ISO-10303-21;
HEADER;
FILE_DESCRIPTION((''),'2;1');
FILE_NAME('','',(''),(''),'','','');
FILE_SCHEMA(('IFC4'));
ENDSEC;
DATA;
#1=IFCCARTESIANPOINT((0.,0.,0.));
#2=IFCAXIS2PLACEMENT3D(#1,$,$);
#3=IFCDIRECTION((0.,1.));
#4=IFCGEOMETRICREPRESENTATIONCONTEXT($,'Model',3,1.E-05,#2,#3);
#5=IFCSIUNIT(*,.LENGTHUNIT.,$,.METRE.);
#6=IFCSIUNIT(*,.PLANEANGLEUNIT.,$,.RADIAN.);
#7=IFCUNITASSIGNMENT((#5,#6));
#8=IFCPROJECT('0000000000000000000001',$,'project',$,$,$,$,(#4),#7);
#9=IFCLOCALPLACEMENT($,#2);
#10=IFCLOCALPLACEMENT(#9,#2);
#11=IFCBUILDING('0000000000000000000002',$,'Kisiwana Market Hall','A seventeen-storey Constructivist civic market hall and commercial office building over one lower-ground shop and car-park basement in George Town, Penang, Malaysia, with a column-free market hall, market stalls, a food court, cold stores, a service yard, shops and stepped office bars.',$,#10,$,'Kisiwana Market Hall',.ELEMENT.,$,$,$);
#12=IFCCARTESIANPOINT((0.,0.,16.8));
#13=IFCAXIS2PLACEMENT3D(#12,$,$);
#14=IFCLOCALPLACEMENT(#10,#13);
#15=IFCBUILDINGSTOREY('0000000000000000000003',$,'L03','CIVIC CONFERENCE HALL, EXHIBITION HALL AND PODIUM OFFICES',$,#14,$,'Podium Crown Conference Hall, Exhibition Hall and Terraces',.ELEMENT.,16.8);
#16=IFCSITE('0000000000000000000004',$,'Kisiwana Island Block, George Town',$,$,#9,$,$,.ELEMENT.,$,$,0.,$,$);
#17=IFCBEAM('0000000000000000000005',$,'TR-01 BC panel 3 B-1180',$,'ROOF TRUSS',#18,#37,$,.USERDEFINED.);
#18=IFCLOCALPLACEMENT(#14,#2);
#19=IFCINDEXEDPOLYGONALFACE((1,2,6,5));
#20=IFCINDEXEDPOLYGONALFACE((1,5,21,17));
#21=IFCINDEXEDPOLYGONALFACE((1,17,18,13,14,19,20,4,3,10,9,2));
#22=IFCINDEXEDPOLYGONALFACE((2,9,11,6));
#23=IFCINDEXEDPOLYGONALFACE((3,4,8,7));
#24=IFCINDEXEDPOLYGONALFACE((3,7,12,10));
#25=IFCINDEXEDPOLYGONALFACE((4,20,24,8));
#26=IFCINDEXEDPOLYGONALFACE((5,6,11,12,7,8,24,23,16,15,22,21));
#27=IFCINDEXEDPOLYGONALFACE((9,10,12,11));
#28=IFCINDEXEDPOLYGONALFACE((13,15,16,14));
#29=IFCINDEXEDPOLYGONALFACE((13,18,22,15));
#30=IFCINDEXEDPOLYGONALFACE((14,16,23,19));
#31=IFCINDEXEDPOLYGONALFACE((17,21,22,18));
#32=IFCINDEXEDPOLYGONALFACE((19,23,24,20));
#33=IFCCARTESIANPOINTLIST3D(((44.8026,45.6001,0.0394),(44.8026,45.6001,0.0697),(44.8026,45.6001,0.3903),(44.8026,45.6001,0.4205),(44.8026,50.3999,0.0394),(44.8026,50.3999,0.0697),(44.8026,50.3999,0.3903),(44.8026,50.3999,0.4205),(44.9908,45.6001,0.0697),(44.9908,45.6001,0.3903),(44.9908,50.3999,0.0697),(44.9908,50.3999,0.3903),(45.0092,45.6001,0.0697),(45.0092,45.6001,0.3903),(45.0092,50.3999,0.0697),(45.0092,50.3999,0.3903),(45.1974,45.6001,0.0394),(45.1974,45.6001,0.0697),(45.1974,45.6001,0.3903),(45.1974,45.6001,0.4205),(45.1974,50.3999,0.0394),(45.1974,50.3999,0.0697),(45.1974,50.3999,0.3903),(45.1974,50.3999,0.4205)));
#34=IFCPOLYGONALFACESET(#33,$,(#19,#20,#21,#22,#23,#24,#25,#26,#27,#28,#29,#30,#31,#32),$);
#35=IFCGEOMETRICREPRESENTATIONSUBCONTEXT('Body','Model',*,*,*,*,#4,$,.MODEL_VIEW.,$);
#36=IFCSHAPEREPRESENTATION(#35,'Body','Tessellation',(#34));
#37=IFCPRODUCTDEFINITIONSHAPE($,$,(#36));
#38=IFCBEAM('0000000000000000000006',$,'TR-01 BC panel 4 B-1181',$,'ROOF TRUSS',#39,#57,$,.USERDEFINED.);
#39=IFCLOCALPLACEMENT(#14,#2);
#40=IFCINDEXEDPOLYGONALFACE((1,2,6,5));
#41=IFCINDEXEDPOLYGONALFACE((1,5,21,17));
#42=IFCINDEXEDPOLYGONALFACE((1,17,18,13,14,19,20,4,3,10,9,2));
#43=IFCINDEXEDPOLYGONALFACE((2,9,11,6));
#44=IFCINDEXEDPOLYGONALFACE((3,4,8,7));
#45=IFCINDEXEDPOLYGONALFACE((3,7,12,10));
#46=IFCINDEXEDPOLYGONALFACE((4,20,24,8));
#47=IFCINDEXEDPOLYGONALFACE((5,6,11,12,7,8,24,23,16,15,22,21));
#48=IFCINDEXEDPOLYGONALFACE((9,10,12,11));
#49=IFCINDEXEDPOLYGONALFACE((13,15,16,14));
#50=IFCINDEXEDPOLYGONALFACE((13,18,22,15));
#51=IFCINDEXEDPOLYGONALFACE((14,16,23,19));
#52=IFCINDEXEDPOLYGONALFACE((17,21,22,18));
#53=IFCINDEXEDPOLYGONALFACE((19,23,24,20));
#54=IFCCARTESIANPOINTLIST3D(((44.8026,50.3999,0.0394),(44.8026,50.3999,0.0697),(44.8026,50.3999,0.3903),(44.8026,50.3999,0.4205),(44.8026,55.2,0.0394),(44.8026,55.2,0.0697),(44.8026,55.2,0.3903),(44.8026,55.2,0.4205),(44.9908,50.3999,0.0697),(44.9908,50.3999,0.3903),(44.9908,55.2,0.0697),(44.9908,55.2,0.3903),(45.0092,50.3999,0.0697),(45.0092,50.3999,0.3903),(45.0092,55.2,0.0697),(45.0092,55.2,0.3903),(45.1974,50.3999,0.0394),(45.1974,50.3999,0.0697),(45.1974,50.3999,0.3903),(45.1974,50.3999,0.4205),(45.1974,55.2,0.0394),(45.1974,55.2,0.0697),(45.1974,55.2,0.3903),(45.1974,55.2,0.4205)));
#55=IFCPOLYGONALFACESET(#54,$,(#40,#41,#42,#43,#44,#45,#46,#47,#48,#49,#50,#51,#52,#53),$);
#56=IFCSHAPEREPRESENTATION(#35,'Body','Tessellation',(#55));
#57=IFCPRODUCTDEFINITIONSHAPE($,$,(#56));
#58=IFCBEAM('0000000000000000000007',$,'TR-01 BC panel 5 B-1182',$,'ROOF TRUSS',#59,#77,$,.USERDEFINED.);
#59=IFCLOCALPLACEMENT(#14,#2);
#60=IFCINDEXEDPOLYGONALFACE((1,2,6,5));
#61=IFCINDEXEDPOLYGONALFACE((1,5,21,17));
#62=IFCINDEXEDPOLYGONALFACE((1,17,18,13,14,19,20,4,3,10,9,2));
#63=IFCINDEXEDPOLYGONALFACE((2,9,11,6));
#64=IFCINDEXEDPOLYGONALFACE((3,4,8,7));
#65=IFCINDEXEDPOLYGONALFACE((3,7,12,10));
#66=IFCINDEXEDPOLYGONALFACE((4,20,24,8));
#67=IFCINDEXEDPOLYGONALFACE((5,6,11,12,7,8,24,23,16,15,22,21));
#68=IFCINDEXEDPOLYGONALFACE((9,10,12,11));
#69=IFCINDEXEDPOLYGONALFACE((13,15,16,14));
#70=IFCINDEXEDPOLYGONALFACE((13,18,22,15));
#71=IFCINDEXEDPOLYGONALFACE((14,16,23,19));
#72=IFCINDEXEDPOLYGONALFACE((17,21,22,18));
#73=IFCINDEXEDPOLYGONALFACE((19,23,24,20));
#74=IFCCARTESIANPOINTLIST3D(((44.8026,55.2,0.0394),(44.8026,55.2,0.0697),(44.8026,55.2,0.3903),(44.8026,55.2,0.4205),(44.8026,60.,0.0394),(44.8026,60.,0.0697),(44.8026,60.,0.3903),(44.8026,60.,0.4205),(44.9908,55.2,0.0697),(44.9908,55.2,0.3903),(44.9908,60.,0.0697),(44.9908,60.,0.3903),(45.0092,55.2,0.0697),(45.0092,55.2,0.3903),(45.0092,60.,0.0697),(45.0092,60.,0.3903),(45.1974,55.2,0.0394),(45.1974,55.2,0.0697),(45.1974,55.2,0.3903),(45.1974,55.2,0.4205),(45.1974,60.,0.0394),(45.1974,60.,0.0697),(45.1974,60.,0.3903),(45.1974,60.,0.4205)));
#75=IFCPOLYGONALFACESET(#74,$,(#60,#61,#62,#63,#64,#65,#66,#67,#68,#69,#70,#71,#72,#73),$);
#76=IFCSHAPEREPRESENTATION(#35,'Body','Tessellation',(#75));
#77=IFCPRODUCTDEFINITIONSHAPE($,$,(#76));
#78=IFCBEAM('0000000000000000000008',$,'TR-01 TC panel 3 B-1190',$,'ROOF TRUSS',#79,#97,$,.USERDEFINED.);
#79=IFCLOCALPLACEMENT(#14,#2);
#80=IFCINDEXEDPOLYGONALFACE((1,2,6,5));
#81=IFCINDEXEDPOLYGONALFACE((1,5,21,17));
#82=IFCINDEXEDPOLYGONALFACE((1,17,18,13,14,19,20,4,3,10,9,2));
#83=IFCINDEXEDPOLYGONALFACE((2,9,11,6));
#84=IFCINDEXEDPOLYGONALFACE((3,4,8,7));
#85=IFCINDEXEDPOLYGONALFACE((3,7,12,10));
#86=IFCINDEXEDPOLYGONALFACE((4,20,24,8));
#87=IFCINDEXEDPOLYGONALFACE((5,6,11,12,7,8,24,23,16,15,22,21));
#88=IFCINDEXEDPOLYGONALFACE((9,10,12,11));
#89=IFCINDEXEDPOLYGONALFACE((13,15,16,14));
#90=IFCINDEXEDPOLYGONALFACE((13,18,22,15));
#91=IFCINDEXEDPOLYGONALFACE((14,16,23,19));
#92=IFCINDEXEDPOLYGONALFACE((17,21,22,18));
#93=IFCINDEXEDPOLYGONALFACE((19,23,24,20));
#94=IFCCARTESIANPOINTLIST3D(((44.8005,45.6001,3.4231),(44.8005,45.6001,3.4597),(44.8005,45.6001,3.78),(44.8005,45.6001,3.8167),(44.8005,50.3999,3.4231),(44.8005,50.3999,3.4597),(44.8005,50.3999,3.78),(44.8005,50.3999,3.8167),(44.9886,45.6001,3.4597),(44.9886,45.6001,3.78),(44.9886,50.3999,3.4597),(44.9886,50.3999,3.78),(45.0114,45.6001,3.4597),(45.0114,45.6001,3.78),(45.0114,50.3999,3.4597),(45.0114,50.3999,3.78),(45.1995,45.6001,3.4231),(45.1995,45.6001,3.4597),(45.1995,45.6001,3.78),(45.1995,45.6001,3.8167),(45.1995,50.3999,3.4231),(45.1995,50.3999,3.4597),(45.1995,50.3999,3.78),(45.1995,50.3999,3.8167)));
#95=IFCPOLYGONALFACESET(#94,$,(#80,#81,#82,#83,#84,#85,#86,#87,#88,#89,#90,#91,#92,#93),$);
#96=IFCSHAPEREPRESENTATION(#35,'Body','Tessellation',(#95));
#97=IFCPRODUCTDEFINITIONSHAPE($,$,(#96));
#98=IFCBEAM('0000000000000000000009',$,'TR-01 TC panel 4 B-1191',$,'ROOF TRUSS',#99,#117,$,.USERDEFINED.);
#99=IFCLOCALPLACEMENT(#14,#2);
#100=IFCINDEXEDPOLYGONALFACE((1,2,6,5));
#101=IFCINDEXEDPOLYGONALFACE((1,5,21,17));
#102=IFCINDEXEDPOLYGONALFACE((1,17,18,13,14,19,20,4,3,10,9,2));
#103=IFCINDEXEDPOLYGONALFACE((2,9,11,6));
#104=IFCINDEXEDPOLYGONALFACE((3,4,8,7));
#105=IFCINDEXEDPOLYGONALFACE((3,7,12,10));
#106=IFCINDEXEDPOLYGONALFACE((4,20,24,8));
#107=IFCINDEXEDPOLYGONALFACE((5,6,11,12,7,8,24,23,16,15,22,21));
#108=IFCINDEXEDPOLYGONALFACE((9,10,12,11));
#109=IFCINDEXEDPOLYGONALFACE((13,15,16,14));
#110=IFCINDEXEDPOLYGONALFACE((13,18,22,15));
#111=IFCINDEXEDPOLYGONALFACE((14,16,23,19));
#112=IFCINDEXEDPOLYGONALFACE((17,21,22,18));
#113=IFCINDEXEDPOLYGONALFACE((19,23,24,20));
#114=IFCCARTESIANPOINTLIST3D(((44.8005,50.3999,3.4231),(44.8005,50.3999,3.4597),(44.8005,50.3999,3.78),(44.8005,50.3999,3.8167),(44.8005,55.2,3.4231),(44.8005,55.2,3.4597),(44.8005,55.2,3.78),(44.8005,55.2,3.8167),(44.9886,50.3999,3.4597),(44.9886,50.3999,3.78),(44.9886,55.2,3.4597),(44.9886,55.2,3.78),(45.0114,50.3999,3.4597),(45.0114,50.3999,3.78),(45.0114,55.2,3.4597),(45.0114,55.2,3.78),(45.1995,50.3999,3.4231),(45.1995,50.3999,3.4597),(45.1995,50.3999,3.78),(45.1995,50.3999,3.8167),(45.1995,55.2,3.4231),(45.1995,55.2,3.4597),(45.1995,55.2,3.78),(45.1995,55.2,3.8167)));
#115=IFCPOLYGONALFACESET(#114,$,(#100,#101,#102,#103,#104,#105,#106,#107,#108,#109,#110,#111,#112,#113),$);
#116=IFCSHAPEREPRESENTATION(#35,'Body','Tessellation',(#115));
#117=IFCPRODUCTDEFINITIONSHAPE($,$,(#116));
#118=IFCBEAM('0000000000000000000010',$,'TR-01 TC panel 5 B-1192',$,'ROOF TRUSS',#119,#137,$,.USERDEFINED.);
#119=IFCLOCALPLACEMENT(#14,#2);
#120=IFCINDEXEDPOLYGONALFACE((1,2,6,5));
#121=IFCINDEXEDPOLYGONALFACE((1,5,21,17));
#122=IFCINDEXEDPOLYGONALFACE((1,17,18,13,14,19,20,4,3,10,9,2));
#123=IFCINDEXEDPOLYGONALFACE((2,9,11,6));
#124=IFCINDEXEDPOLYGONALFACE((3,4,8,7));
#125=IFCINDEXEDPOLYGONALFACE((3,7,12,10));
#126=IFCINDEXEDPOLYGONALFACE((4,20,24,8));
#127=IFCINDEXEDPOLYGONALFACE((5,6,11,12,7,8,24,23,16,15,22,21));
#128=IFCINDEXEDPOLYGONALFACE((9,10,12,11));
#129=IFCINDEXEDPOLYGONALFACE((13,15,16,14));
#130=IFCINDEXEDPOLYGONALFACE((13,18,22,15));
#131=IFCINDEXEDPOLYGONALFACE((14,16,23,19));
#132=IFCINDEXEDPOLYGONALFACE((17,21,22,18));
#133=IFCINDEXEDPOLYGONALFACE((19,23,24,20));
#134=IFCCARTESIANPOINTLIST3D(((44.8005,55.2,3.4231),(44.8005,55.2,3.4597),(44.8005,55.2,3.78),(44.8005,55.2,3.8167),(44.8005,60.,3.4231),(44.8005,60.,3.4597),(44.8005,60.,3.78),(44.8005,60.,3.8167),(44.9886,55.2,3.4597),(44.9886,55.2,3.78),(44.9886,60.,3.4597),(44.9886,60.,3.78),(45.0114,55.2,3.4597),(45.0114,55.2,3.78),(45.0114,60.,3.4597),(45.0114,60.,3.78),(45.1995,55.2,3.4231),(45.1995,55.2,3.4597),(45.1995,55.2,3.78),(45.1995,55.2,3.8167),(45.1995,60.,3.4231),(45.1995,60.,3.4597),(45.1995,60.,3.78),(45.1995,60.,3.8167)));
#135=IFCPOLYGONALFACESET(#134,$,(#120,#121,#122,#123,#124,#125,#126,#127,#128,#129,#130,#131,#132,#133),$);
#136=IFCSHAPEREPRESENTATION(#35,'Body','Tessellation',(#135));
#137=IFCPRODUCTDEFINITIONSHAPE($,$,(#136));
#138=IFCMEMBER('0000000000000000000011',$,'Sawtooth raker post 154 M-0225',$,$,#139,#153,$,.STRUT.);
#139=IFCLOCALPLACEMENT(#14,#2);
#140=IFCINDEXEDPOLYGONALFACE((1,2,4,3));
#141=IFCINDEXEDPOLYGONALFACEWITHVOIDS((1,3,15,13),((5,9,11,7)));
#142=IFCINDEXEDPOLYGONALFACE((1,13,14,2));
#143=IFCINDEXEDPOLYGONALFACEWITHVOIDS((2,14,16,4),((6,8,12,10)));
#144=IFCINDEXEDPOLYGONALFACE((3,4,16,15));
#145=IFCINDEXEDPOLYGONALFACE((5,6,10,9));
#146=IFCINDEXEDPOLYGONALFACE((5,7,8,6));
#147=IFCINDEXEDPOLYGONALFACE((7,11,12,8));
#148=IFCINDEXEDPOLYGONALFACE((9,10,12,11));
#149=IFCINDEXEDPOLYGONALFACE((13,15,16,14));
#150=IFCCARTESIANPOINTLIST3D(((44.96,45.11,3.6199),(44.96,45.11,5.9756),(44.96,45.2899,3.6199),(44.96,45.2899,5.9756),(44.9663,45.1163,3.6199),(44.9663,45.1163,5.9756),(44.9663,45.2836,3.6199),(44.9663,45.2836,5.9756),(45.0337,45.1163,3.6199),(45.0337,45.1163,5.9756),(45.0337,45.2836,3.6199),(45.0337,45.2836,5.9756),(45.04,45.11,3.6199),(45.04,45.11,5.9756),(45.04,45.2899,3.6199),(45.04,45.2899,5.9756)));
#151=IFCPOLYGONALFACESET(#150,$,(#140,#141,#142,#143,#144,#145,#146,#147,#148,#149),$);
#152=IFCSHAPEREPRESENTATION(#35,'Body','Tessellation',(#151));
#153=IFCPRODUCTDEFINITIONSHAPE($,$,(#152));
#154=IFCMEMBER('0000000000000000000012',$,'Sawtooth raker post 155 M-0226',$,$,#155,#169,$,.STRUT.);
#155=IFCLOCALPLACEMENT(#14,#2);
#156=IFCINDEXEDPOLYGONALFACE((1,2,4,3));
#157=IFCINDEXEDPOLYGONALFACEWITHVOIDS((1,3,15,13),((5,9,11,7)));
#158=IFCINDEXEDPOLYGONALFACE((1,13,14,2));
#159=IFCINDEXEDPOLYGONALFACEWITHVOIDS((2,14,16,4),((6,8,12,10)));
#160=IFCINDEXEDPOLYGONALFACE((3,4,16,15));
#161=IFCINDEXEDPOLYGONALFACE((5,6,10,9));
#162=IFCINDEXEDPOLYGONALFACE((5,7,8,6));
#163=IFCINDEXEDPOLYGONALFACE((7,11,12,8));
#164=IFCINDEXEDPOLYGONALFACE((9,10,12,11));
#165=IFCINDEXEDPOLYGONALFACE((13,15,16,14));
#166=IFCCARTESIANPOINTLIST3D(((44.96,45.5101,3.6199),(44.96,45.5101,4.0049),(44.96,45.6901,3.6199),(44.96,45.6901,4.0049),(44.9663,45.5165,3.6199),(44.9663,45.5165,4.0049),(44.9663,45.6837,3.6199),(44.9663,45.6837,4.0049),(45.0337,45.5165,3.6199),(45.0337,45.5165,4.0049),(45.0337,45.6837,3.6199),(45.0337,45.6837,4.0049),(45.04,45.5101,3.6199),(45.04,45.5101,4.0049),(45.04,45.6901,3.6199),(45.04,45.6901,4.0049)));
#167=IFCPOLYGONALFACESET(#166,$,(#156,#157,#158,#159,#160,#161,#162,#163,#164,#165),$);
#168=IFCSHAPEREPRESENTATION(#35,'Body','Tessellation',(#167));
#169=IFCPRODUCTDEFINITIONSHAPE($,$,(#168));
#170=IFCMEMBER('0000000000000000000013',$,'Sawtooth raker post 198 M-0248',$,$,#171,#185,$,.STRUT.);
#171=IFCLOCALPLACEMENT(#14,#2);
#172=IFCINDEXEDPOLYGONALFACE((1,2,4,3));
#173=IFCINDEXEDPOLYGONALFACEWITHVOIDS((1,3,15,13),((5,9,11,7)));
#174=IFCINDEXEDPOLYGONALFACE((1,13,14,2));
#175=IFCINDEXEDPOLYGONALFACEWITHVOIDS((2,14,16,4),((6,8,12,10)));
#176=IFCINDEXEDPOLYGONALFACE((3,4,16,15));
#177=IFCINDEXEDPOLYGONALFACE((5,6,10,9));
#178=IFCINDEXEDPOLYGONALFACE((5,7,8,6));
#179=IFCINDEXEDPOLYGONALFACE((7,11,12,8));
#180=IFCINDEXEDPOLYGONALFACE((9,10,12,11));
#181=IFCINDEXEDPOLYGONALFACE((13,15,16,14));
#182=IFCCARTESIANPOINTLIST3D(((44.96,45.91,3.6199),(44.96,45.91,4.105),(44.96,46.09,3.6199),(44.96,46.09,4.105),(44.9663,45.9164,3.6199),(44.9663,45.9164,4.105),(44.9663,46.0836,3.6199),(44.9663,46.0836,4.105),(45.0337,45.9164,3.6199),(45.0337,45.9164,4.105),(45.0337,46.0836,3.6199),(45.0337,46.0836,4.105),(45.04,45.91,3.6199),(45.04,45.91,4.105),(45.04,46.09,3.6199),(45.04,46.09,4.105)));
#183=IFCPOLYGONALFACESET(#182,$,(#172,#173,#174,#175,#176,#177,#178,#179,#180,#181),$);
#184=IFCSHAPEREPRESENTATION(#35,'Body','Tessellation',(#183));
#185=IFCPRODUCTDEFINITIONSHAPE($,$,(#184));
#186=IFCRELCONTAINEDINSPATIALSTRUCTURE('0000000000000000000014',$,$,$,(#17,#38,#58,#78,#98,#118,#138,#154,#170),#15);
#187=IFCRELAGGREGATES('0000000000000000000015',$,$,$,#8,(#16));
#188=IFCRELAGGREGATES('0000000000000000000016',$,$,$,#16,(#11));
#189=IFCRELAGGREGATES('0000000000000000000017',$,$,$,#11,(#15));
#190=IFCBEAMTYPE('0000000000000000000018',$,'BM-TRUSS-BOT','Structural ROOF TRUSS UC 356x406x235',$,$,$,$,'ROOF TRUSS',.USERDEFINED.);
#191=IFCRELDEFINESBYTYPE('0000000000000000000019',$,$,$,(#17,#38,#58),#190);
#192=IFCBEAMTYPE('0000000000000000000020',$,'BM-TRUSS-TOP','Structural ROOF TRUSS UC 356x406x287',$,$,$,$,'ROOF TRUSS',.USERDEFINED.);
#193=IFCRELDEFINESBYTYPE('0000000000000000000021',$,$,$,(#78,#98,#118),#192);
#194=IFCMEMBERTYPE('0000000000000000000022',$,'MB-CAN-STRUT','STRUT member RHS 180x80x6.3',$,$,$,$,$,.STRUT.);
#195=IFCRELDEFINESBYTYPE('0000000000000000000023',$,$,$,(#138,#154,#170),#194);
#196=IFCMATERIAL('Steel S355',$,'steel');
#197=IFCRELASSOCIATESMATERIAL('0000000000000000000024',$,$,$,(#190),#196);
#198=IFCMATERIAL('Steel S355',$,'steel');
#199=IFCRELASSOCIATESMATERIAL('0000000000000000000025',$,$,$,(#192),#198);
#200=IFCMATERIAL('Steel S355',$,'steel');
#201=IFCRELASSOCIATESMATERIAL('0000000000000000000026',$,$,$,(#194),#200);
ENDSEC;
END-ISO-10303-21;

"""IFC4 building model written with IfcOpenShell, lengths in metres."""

from ifc_helpers import new_model, si_unit, direction, frame, origin, origin_2d, place, context, subcontext, project, spatial, hollow_rectangle, i_section, extrude, material, material_profile, profile_set, type_object, element, save


model = new_model("IFC4")

# Units and contexts
model_context = context("Model", 3, precision=1e-05, world=origin(), true_north=direction((0.0, 1.0)))
body_context = subcontext(model_context, "Body", "Model", "MODEL_VIEW")
ifc_project = project(units=[si_unit("LENGTHUNIT", "METRE"), si_unit("PLANEANGLEUNIT", "RADIAN")], contexts=[model_context])

# Site, building, storey
site_placement = place(None, origin())
site = spatial("IfcSite", under=ifc_project, at=site_placement, Name="Kisiwana Island Block, George Town", CompositionType="ELEMENT", RefElevation=0.0)
building_placement = place(site_placement, origin())
building = spatial("IfcBuilding", under=site, at=building_placement, Name="Kisiwana Market Hall", Description="A seventeen-storey Constructivist civic market hall and commercial office building over one lower-ground shop and car-park basement in George Town, Penang, Malaysia, with a column-free market hall, market stalls, a food court, cold stores, a service yard, shops and stepped office bars.", LongName="Kisiwana Market Hall", CompositionType="ELEMENT")
storey_placement = place(building_placement, frame((0.0, 0.0, 16.8)))
storey = spatial("IfcBuildingStorey", under=building, at=storey_placement, Name="L03", Description="CIVIC CONFERENCE HALL, EXHIBITION HALL AND PODIUM OFFICES", LongName="Podium Crown Conference Hall, Exhibition Hall and Terraces", CompositionType="ELEMENT", Elevation=16.8)

# Beams
ifc_material_1 = material(Name="Steel S355", Category="steel")
ifc_material_profile_1 = material_profile(ifc_material_1, i_section(OverallWidth=0.3948, OverallDepth=0.3811, WebThickness=0.0183, FlangeThickness=0.0303, at=origin_2d()), Name="UC 356x406x235")
ifc_profile_set_1 = profile_set([ifc_material_profile_1], Name="Steel S355")
beam_type_1 = type_object("IfcBeamType", Name="BM-TRUSS-BOT", Description="Structural ROOF TRUSS UC 356x406x235", ElementType="ROOF TRUSS", PredefinedType="USERDEFINED", material=ifc_profile_set_1)
beam_1_placement = place(storey_placement, frame((45.0, 45.6001, 0.23), z_axis=(0.0, 1.0, 0.0), x_axis=(-1.0, 0.0, 0.0)))
element("IfcBeam", 1, at=beam_1_placement, inside=storey, type_object=beam_type_1, Name="TR-01 BC panel 3 B-1180", ObjectType="ROOF TRUSS", PredefinedType="USERDEFINED", context=body_context, shape_type="SweptSolid", body=[
    extrude(i_section(OverallWidth=0.3948, OverallDepth=0.3811, WebThickness=0.0183, FlangeThickness=0.0303, at=origin_2d()), origin(), (0.0, 0.0, 1.0), 4.7998),
])
for number, where, z_axis, x_axis, name in (
    (2, (45.0, 50.3999, 0.23), (0.0, 1.0, 0.0), (-1.0, 0.0, 0.0), "TR-01 BC panel 4 B-1181"),
    (3, (45.0, 55.2, 0.23), (0.0, 1.0, 0.0), (-1.0, 0.0, 0.0), "TR-01 BC panel 5 B-1182"),
):
    element("IfcBeam", number, at=place(storey_placement, frame(where, z_axis=z_axis, x_axis=x_axis)), inside=storey, type_object=beam_type_1, Name=name, ObjectType="ROOF TRUSS", PredefinedType="USERDEFINED", context=body_context, shape_type="SweptSolid", body=[
        extrude(i_section(OverallWidth=0.3948, OverallDepth=0.3811, WebThickness=0.0183, FlangeThickness=0.0303, at=origin_2d()), origin(), (0.0, 0.0, 1.0), 4.8),
    ])
ifc_material_2 = material(Name="Steel S355", Category="steel")
ifc_material_profile_2 = material_profile(ifc_material_2, i_section(OverallWidth=0.3989, OverallDepth=0.3936, WebThickness=0.0227, FlangeThickness=0.0366, at=origin_2d()), Name="UC 356x406x287")
ifc_profile_set_2 = profile_set([ifc_material_profile_2], Name="Steel S355")
beam_type_2 = type_object("IfcBeamType", Name="BM-TRUSS-TOP", Description="Structural ROOF TRUSS UC 356x406x287", ElementType="ROOF TRUSS", PredefinedType="USERDEFINED", material=ifc_profile_set_2)
beam_2_placement = place(storey_placement, frame((45.0, 45.6001, 3.6199), z_axis=(0.0, 1.0, 0.0), x_axis=(-1.0, 0.0, 0.0)))
element("IfcBeam", 4, at=beam_2_placement, inside=storey, type_object=beam_type_2, Name="TR-01 TC panel 3 B-1190", ObjectType="ROOF TRUSS", PredefinedType="USERDEFINED", context=body_context, shape_type="SweptSolid", body=[
    extrude(i_section(OverallWidth=0.3989, OverallDepth=0.3936, WebThickness=0.0227, FlangeThickness=0.0366, at=origin_2d()), origin(), (0.0, 0.0, 1.0), 4.7998),
])
for number, where, z_axis, x_axis, name in (
    (5, (45.0, 50.3999, 3.6199), (0.0, 1.0, 0.0), (-1.0, 0.0, 0.0), "TR-01 TC panel 4 B-1191"),
    (6, (45.0, 55.2, 3.6199), (0.0, 1.0, 0.0), (-1.0, 0.0, 0.0), "TR-01 TC panel 5 B-1192"),
):
    element("IfcBeam", number, at=place(storey_placement, frame(where, z_axis=z_axis, x_axis=x_axis)), inside=storey, type_object=beam_type_2, Name=name, ObjectType="ROOF TRUSS", PredefinedType="USERDEFINED", context=body_context, shape_type="SweptSolid", body=[
        extrude(i_section(OverallWidth=0.3989, OverallDepth=0.3936, WebThickness=0.0227, FlangeThickness=0.0366, at=origin_2d()), origin(), (0.0, 0.0, 1.0), 4.8),
    ])

# Members
ifc_material_3 = material(Name="Steel S355", Category="steel")
ifc_material_profile_3 = material_profile(ifc_material_3, hollow_rectangle(XDim=0.0801, YDim=0.1799, WallThickness=0.0063, at=origin_2d()), Name="RHS 180x80x6.3")
ifc_profile_set_3 = profile_set([ifc_material_profile_3], Name="Steel S355")
member_type_1 = type_object("IfcMemberType", Name="MB-CAN-STRUT", Description="STRUT member RHS 180x80x6.3", PredefinedType="STRUT", material=ifc_profile_set_3)
member_1_placement = place(storey_placement, frame((45.0, 45.2, 3.6199), z_axis=(0.0, 0.0, 1.0), x_axis=(1.0, 0.0, 0.0)))
element("IfcMember", 7, at=member_1_placement, inside=storey, type_object=member_type_1, Name="Sawtooth raker post 154 M-0225", PredefinedType="STRUT", context=body_context, shape_type="SweptSolid", body=[
    extrude(hollow_rectangle(XDim=0.0801, YDim=0.1799, WallThickness=0.0063, at=origin_2d()), origin(), (0.0, 0.0, 1.0), 2.3557),
])
member_2_placement = place(storey_placement, frame((45.0, 45.6001, 3.6199), z_axis=(0.0, 0.0, 1.0), x_axis=(1.0, 0.0, 0.0)))
element("IfcMember", 8, at=member_2_placement, inside=storey, type_object=member_type_1, Name="Sawtooth raker post 155 M-0226", PredefinedType="STRUT", context=body_context, shape_type="SweptSolid", body=[
    extrude(hollow_rectangle(XDim=0.0801, YDim=0.1799, WallThickness=0.0063, at=origin_2d()), origin(), (0.0, 0.0, 1.0), 0.385),
])
member_3_placement = place(storey_placement, frame((45.0, 46.0, 3.6199), z_axis=(0.0, 0.0, 1.0), x_axis=(1.0, 0.0, 0.0)))
element("IfcMember", 9, at=member_3_placement, inside=storey, type_object=member_type_1, Name="Sawtooth raker post 198 M-0248", PredefinedType="STRUT", context=body_context, shape_type="SweptSolid", body=[
    extrude(hollow_rectangle(XDim=0.0801, YDim=0.1799, WallThickness=0.0063, at=origin_2d()), origin(), (0.0, 0.0, 1.0), 0.4851),
])

save(model, "model.ifc")
